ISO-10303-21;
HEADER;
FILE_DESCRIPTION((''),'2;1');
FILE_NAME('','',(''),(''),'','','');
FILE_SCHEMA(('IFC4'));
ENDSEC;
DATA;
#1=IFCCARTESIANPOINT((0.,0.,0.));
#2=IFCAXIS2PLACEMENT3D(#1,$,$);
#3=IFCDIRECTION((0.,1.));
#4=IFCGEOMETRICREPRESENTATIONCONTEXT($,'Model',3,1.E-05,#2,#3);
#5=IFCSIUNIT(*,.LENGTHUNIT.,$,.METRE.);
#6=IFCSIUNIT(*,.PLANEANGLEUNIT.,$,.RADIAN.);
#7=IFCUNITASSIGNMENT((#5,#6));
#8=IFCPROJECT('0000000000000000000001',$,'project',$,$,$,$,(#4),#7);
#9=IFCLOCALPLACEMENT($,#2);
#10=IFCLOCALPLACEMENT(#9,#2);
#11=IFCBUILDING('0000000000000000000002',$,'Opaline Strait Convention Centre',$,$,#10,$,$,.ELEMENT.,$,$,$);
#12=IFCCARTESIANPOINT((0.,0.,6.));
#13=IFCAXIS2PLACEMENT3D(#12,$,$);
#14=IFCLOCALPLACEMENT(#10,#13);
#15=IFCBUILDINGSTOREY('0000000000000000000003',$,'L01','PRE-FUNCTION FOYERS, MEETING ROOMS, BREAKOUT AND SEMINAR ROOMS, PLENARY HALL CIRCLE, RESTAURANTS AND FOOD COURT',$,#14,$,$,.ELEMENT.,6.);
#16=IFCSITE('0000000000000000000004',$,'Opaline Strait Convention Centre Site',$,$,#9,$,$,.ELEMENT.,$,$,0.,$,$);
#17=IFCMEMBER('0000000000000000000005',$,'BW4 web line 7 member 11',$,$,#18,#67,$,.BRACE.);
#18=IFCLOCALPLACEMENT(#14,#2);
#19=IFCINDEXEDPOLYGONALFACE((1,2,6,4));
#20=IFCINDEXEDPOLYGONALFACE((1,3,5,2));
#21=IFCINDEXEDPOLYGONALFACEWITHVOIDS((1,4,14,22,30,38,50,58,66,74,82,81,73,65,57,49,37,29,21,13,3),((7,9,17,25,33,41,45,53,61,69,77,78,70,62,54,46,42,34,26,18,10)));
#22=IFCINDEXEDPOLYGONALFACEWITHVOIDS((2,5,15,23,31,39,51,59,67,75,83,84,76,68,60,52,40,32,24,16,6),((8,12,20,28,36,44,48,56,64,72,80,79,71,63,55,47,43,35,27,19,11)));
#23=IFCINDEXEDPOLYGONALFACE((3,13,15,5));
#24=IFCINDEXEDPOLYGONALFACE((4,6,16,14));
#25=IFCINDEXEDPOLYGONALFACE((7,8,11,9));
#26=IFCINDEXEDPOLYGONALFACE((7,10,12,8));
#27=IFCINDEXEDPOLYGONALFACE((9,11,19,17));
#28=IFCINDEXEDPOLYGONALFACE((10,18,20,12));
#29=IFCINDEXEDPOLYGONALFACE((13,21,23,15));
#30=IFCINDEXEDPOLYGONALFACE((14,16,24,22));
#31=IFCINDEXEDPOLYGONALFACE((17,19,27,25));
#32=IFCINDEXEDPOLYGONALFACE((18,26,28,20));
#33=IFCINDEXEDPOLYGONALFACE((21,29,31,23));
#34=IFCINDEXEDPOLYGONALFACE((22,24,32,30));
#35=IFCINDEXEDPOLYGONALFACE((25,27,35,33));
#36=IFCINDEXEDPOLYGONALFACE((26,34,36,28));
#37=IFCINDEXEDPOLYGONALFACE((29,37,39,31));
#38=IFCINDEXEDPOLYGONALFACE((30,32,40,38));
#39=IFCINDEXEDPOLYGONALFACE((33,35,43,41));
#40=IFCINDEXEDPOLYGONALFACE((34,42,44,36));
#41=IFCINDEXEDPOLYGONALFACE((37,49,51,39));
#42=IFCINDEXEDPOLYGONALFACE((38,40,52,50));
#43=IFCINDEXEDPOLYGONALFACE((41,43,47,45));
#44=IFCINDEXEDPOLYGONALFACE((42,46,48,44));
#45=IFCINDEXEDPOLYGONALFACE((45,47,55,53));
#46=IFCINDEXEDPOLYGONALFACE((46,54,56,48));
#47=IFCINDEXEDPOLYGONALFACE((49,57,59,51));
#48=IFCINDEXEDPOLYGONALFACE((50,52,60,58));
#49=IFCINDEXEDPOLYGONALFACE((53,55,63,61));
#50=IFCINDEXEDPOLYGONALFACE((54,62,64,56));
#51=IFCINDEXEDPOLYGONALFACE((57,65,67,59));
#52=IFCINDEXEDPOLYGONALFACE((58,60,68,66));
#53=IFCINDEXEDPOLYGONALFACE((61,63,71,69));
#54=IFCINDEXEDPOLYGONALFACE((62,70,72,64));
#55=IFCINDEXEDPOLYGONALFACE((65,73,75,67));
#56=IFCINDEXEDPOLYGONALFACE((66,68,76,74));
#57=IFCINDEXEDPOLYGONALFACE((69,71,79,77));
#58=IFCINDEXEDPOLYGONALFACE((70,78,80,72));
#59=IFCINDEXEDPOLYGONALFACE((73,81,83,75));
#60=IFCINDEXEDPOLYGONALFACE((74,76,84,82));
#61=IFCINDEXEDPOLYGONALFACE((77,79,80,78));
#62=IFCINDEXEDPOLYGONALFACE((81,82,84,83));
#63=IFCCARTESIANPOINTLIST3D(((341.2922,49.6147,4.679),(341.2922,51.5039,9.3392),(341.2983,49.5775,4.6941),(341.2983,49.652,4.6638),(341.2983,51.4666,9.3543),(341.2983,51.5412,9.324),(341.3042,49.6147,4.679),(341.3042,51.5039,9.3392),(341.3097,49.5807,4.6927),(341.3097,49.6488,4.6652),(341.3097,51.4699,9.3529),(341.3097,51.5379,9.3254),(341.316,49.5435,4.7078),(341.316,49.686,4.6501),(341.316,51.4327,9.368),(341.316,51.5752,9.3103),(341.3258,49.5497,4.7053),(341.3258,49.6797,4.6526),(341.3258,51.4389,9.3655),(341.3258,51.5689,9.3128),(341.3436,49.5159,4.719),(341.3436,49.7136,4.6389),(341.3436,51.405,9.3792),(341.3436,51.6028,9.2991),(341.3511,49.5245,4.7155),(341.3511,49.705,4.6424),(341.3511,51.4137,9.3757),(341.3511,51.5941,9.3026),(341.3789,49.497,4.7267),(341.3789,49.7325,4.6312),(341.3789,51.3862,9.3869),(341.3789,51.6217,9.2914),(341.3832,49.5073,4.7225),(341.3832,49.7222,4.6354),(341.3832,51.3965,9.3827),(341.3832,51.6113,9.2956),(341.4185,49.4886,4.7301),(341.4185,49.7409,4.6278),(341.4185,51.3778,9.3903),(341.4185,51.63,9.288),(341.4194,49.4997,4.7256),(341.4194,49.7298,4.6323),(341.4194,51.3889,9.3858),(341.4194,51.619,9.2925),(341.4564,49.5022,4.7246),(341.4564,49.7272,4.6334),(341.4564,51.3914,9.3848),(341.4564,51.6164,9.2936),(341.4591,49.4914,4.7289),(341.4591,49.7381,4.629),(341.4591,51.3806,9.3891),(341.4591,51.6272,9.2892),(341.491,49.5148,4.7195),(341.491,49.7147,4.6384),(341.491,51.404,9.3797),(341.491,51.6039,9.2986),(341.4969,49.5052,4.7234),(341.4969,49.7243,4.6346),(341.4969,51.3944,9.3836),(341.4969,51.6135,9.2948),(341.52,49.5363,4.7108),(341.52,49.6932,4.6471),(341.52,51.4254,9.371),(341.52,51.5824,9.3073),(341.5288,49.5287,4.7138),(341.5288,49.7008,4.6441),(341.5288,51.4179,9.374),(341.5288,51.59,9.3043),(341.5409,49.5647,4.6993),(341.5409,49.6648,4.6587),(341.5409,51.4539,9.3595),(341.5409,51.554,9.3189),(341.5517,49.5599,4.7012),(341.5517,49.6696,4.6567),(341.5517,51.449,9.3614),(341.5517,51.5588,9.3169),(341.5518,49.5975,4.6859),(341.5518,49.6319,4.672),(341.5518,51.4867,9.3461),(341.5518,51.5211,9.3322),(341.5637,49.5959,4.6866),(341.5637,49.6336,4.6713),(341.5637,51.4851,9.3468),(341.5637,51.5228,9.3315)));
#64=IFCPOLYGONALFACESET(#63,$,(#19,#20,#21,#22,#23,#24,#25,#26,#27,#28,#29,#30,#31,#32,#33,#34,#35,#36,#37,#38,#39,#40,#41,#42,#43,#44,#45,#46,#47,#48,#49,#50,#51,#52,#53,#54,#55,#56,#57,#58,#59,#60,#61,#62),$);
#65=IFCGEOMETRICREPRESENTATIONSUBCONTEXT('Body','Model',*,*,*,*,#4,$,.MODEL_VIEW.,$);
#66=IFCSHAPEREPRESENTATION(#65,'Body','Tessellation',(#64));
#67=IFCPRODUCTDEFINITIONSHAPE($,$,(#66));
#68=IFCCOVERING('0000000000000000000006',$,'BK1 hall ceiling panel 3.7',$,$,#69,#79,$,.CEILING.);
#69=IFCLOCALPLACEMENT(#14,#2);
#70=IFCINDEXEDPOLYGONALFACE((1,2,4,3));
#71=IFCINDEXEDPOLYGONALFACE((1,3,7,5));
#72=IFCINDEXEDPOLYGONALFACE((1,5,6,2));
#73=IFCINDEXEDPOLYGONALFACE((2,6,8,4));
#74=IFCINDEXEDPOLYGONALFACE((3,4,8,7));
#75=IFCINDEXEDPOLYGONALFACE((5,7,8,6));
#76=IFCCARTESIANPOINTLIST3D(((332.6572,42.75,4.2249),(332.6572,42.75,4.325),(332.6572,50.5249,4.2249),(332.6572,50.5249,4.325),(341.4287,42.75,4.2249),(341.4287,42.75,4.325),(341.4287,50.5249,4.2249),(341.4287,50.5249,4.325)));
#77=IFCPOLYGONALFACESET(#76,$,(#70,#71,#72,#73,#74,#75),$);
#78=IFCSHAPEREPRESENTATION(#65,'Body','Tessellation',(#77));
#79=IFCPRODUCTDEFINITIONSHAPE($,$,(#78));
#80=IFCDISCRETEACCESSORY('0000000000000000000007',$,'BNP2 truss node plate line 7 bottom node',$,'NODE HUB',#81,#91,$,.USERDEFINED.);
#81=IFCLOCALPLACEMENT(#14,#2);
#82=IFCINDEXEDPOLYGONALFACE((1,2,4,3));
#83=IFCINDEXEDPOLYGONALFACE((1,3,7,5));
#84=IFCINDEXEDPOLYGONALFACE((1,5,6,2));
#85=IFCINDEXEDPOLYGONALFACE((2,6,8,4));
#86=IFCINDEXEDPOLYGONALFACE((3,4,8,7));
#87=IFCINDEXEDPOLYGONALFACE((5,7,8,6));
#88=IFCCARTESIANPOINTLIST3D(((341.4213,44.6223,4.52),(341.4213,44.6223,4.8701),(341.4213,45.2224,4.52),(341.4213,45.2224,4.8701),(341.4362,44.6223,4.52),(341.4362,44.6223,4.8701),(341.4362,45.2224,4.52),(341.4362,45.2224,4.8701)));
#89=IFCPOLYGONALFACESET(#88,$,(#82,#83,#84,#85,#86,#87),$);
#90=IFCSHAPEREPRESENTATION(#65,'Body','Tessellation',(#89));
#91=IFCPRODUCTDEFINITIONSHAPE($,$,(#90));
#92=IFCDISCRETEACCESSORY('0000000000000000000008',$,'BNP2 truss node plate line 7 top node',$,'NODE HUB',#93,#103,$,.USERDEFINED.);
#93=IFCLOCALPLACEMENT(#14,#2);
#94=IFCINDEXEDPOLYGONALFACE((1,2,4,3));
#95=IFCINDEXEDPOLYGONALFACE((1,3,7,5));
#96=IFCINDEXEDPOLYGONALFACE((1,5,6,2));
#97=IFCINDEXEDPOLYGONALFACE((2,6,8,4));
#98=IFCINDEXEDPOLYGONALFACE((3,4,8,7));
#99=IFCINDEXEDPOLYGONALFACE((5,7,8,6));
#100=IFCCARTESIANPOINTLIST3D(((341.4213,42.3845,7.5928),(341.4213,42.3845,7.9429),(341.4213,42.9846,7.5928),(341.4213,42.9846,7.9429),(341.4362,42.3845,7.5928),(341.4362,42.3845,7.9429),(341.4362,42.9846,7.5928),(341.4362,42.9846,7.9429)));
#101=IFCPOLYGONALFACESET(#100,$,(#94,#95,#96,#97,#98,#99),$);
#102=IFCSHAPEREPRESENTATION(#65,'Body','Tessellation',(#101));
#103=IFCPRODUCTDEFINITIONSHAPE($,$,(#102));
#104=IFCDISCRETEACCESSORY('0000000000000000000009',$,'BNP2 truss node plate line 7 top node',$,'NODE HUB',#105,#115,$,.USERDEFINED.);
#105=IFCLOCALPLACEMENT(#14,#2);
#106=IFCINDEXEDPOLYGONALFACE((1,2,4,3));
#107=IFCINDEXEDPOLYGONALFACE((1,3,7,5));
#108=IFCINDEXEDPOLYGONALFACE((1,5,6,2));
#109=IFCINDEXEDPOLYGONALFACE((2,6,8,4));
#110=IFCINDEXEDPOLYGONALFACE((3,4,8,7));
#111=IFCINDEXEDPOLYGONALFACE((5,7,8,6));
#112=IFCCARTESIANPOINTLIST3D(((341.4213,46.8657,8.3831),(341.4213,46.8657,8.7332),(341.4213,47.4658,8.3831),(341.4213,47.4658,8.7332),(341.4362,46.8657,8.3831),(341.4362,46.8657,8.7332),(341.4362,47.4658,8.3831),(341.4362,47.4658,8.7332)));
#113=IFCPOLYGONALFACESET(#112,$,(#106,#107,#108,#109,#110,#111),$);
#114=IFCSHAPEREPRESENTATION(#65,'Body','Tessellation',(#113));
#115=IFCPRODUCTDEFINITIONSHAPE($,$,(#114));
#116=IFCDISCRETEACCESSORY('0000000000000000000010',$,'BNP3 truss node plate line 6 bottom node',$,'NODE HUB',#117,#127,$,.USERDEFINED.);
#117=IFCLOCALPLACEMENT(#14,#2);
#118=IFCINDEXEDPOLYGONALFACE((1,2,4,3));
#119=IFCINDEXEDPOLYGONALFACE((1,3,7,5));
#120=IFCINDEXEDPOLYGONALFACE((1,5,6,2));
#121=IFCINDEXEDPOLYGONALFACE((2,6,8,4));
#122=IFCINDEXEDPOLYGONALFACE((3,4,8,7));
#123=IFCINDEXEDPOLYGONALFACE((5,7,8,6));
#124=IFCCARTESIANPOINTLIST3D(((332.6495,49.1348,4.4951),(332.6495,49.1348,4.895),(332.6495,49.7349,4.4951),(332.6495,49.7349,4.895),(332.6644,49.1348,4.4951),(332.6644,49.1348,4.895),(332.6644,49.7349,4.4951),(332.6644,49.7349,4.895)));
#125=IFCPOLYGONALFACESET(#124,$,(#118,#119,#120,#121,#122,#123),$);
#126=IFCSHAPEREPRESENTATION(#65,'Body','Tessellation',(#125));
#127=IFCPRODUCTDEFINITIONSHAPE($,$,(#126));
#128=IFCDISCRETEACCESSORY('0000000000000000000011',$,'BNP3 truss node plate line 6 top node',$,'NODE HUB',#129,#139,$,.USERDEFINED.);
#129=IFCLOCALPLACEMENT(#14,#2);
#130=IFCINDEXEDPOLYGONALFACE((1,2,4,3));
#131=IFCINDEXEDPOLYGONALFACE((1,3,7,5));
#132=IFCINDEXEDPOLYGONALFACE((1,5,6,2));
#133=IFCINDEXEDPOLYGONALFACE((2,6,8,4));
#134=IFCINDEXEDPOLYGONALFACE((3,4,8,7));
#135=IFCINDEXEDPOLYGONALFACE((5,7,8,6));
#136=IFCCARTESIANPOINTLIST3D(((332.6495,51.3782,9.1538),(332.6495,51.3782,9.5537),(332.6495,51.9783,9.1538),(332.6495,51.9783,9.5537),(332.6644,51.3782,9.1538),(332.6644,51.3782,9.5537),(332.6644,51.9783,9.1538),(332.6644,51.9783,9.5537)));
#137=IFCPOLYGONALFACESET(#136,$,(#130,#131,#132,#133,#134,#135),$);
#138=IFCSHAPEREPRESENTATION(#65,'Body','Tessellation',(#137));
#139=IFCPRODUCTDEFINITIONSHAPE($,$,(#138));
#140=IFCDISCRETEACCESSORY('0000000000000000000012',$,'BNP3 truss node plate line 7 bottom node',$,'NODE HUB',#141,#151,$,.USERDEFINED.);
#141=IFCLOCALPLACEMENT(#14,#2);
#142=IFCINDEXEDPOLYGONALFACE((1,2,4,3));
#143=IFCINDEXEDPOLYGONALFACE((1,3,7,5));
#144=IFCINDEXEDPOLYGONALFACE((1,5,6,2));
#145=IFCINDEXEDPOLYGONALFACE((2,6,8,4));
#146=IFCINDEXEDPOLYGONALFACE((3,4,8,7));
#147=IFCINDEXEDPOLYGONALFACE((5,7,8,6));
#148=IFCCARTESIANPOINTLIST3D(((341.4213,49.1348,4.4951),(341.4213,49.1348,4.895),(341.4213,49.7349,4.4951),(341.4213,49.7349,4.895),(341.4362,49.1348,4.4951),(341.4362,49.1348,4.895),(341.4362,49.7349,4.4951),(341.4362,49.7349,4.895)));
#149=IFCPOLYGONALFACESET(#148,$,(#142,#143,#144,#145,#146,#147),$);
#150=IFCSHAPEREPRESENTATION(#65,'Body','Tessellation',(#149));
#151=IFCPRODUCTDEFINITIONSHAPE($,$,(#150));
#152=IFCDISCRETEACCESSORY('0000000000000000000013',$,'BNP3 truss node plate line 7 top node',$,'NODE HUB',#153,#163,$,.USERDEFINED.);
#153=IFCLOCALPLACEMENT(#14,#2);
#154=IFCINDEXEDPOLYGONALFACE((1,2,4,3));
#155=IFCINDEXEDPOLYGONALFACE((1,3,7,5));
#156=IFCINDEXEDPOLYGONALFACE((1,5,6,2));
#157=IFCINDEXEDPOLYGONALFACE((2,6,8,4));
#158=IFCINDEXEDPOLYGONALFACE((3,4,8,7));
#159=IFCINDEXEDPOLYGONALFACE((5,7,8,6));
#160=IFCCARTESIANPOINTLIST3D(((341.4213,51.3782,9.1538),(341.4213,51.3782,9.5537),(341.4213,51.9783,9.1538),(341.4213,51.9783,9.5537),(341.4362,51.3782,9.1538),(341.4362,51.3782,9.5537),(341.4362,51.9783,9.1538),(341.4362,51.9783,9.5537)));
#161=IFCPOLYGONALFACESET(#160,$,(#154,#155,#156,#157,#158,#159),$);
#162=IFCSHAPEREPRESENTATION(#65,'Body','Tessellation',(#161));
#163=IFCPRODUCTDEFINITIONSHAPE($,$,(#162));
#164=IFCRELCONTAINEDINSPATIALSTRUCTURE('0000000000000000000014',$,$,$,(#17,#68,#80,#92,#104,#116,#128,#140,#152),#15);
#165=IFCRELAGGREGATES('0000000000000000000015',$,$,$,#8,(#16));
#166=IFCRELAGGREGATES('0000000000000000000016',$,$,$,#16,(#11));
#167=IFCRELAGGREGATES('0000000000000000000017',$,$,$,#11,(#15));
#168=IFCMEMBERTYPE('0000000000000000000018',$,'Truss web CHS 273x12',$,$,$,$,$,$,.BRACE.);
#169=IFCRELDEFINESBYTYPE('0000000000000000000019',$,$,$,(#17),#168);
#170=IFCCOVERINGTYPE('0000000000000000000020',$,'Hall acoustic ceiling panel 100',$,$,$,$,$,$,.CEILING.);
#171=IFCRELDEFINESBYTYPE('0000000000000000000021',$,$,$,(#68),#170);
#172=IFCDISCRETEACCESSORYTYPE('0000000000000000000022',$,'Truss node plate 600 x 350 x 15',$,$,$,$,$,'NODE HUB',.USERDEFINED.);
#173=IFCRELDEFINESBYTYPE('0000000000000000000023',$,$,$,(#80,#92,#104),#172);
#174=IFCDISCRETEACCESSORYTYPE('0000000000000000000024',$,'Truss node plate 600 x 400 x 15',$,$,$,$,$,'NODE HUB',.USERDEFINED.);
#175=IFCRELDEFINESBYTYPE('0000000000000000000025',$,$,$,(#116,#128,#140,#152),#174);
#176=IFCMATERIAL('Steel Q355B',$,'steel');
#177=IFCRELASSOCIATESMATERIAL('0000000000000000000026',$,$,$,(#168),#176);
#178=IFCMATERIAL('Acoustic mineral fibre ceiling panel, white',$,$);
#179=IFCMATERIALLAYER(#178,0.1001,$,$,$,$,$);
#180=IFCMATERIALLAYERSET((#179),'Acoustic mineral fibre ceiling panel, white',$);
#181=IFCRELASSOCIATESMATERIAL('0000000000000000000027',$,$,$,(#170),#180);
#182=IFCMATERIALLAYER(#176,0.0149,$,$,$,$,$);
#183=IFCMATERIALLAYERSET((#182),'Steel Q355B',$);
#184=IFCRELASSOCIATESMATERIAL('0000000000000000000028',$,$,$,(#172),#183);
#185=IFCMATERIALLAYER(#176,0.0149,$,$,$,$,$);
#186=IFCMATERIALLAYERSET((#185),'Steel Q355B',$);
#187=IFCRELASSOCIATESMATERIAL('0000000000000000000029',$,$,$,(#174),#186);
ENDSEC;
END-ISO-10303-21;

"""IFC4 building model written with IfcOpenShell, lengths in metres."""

from ifc_helpers import new_model, si_unit, direction, frame, origin, origin_2d, place, context, subcontext, project, spatial, rectangle, hollow_circle, extrude, material, layer, layer_set, material_profile, profile_set, type_object, element, save


model = new_model("IFC4")

# Units and contexts
model_context = context("Model", 3, precision=1e-05, world=origin(), true_north=direction((0.0, 1.0)))
body_context = subcontext(model_context, "Body", "Model", "MODEL_VIEW")
ifc_project = project(units=[si_unit("LENGTHUNIT", "METRE"), si_unit("PLANEANGLEUNIT", "RADIAN")], contexts=[model_context])

# Site, building, storey
site_placement = place(None, origin())
site = spatial("IfcSite", under=ifc_project, at=site_placement, Name="Opaline Strait Convention Centre Site", CompositionType="ELEMENT", RefElevation=0.0)
building_placement = place(site_placement, origin())
building = spatial("IfcBuilding", under=site, at=building_placement, Name="Opaline Strait Convention Centre", CompositionType="ELEMENT")
storey_placement = place(building_placement, frame((0.0, 0.0, 6.0)))
storey = spatial("IfcBuildingStorey", under=building, at=storey_placement, Name="L01", Description="PRE-FUNCTION FOYERS, MEETING ROOMS, BREAKOUT AND SEMINAR ROOMS, PLENARY HALL CIRCLE, RESTAURANTS AND FOOD COURT", CompositionType="ELEMENT", Elevation=6.0)

# Member
ifc_material_1 = material(Name="Steel Q355B", Category="steel")
ifc_material_profile_1 = material_profile(ifc_material_1, hollow_circle(Radius=0.1365, WallThickness=0.012, at=origin_2d()), Name="CHS 273x12")
ifc_profile_set_1 = profile_set([ifc_material_profile_1], Name="Steel Q355B")
member_type_1 = type_object("IfcMemberType", Name="Truss web CHS 273x12", PredefinedType="BRACE", material=ifc_profile_set_1)
for number, where, z_axis, x_axis, name in (
    (1, (341.4287, 49.6147, 4.679), (0.0, 0.375689, 0.926746), (-1.0, 0.0, 0.0), "BW4 web line 7 member 11"),
):
    element("IfcMember", number, at=place(storey_placement, frame(where, z_axis=z_axis, x_axis=x_axis)), inside=storey, type_object=member_type_1, Name=name, PredefinedType="BRACE", context=body_context, shape_type="SweptSolid", body=[
        extrude(hollow_circle(Radius=0.1365, WallThickness=0.012, at=origin_2d()), origin(), (0.0, 0.0, 1.0), 5.0286),
    ])

# Covering
ifc_material_2 = material(Name="Acoustic mineral fibre ceiling panel, white")
ifc_layer_1 = layer(ifc_material_2, 0.1001)
ifc_layer_set_1 = layer_set([ifc_layer_1], Name="Acoustic mineral fibre ceiling panel, white")
covering_type = type_object("IfcCoveringType", Name="Hall acoustic ceiling panel 100", PredefinedType="CEILING", material=ifc_layer_set_1)
covering_placement = place(storey_placement, frame((337.043, 46.6375, 4.2249), z_axis=(0.0, 0.0, 1.0), x_axis=(1.0, 0.0, 0.0)))
element("IfcCovering", 2, at=covering_placement, inside=storey, type_object=covering_type, Name="BK1 hall ceiling panel 3.7", PredefinedType="CEILING", context=body_context, shape_type="SweptSolid", body=[
    extrude(rectangle(XDim=8.7715, YDim=7.7749, at=origin_2d()), origin(), (0.0, 0.0, 1.0), 0.1001),
])

# Discrete accessories
ifc_layer_2 = layer(ifc_material_1, 0.0149)
ifc_layer_set_2 = layer_set([ifc_layer_2], Name="Steel Q355B")
discrete_accessory_type_1 = type_object("IfcDiscreteAccessoryType", Name="Truss node plate 600 x 350 x 15", ElementType="NODE HUB", PredefinedType="USERDEFINED", material=ifc_layer_set_2)
for number, where, z_axis, x_axis, name in (
    (3, (341.4287, 44.9224, 4.52), (0.0, 0.0, 1.0), (1.0, 0.0, 0.0), "BNP2 truss node plate line 7 bottom node"),
    (4, (341.4287, 42.6846, 7.5928), (0.0, 0.0, 1.0), (1.0, 0.0, 0.0), "BNP2 truss node plate line 7 top node"),
    (5, (341.4287, 47.1658, 8.3831), (0.0, 0.0, 1.0), (1.0, 0.0, 0.0), "BNP2 truss node plate line 7 top node"),
):
    element("IfcDiscreteAccessory", number, at=place(storey_placement, frame(where, z_axis=z_axis, x_axis=x_axis)), inside=storey, type_object=discrete_accessory_type_1, Name=name, ObjectType="NODE HUB", PredefinedType="USERDEFINED", context=body_context, shape_type="SweptSolid", body=[
        extrude(rectangle(XDim=0.0149, YDim=0.6001, at=origin_2d()), origin(), (0.0, 0.0, 1.0), 0.3501),
    ])
ifc_layer_3 = layer(ifc_material_1, 0.0149)
ifc_layer_set_3 = layer_set([ifc_layer_3], Name="Steel Q355B")
discrete_accessory_type_2 = type_object("IfcDiscreteAccessoryType", Name="Truss node plate 600 x 400 x 15", ElementType="NODE HUB", PredefinedType="USERDEFINED", material=ifc_layer_set_3)
for number, where, z_axis, x_axis, name in (
    (6, (332.657, 49.4348, 4.4951), (0.0, 0.0, 1.0), (1.0, 0.0, 0.0), "BNP3 truss node plate line 6 bottom node"),
    (7, (332.657, 51.6782, 9.1538), (0.0, 0.0, 1.0), (1.0, 0.0, 0.0), "BNP3 truss node plate line 6 top node"),
    (8, (341.4287, 49.4348, 4.4951), (0.0, 0.0, 1.0), (1.0, 0.0, 0.0), "BNP3 truss node plate line 7 bottom node"),
    (9, (341.4287, 51.6782, 9.1538), (0.0, 0.0, 1.0), (1.0, 0.0, 0.0), "BNP3 truss node plate line 7 top node"),
):
    element("IfcDiscreteAccessory", number, at=place(storey_placement, frame(where, z_axis=z_axis, x_axis=x_axis)), inside=storey, type_object=discrete_accessory_type_2, Name=name, ObjectType="NODE HUB", PredefinedType="USERDEFINED", context=body_context, shape_type="SweptSolid", body=[
        extrude(rectangle(XDim=0.0149, YDim=0.6001, at=origin_2d()), origin(), (0.0, 0.0, 1.0), 0.3999),
    ])

save(model, "model.ifc")
